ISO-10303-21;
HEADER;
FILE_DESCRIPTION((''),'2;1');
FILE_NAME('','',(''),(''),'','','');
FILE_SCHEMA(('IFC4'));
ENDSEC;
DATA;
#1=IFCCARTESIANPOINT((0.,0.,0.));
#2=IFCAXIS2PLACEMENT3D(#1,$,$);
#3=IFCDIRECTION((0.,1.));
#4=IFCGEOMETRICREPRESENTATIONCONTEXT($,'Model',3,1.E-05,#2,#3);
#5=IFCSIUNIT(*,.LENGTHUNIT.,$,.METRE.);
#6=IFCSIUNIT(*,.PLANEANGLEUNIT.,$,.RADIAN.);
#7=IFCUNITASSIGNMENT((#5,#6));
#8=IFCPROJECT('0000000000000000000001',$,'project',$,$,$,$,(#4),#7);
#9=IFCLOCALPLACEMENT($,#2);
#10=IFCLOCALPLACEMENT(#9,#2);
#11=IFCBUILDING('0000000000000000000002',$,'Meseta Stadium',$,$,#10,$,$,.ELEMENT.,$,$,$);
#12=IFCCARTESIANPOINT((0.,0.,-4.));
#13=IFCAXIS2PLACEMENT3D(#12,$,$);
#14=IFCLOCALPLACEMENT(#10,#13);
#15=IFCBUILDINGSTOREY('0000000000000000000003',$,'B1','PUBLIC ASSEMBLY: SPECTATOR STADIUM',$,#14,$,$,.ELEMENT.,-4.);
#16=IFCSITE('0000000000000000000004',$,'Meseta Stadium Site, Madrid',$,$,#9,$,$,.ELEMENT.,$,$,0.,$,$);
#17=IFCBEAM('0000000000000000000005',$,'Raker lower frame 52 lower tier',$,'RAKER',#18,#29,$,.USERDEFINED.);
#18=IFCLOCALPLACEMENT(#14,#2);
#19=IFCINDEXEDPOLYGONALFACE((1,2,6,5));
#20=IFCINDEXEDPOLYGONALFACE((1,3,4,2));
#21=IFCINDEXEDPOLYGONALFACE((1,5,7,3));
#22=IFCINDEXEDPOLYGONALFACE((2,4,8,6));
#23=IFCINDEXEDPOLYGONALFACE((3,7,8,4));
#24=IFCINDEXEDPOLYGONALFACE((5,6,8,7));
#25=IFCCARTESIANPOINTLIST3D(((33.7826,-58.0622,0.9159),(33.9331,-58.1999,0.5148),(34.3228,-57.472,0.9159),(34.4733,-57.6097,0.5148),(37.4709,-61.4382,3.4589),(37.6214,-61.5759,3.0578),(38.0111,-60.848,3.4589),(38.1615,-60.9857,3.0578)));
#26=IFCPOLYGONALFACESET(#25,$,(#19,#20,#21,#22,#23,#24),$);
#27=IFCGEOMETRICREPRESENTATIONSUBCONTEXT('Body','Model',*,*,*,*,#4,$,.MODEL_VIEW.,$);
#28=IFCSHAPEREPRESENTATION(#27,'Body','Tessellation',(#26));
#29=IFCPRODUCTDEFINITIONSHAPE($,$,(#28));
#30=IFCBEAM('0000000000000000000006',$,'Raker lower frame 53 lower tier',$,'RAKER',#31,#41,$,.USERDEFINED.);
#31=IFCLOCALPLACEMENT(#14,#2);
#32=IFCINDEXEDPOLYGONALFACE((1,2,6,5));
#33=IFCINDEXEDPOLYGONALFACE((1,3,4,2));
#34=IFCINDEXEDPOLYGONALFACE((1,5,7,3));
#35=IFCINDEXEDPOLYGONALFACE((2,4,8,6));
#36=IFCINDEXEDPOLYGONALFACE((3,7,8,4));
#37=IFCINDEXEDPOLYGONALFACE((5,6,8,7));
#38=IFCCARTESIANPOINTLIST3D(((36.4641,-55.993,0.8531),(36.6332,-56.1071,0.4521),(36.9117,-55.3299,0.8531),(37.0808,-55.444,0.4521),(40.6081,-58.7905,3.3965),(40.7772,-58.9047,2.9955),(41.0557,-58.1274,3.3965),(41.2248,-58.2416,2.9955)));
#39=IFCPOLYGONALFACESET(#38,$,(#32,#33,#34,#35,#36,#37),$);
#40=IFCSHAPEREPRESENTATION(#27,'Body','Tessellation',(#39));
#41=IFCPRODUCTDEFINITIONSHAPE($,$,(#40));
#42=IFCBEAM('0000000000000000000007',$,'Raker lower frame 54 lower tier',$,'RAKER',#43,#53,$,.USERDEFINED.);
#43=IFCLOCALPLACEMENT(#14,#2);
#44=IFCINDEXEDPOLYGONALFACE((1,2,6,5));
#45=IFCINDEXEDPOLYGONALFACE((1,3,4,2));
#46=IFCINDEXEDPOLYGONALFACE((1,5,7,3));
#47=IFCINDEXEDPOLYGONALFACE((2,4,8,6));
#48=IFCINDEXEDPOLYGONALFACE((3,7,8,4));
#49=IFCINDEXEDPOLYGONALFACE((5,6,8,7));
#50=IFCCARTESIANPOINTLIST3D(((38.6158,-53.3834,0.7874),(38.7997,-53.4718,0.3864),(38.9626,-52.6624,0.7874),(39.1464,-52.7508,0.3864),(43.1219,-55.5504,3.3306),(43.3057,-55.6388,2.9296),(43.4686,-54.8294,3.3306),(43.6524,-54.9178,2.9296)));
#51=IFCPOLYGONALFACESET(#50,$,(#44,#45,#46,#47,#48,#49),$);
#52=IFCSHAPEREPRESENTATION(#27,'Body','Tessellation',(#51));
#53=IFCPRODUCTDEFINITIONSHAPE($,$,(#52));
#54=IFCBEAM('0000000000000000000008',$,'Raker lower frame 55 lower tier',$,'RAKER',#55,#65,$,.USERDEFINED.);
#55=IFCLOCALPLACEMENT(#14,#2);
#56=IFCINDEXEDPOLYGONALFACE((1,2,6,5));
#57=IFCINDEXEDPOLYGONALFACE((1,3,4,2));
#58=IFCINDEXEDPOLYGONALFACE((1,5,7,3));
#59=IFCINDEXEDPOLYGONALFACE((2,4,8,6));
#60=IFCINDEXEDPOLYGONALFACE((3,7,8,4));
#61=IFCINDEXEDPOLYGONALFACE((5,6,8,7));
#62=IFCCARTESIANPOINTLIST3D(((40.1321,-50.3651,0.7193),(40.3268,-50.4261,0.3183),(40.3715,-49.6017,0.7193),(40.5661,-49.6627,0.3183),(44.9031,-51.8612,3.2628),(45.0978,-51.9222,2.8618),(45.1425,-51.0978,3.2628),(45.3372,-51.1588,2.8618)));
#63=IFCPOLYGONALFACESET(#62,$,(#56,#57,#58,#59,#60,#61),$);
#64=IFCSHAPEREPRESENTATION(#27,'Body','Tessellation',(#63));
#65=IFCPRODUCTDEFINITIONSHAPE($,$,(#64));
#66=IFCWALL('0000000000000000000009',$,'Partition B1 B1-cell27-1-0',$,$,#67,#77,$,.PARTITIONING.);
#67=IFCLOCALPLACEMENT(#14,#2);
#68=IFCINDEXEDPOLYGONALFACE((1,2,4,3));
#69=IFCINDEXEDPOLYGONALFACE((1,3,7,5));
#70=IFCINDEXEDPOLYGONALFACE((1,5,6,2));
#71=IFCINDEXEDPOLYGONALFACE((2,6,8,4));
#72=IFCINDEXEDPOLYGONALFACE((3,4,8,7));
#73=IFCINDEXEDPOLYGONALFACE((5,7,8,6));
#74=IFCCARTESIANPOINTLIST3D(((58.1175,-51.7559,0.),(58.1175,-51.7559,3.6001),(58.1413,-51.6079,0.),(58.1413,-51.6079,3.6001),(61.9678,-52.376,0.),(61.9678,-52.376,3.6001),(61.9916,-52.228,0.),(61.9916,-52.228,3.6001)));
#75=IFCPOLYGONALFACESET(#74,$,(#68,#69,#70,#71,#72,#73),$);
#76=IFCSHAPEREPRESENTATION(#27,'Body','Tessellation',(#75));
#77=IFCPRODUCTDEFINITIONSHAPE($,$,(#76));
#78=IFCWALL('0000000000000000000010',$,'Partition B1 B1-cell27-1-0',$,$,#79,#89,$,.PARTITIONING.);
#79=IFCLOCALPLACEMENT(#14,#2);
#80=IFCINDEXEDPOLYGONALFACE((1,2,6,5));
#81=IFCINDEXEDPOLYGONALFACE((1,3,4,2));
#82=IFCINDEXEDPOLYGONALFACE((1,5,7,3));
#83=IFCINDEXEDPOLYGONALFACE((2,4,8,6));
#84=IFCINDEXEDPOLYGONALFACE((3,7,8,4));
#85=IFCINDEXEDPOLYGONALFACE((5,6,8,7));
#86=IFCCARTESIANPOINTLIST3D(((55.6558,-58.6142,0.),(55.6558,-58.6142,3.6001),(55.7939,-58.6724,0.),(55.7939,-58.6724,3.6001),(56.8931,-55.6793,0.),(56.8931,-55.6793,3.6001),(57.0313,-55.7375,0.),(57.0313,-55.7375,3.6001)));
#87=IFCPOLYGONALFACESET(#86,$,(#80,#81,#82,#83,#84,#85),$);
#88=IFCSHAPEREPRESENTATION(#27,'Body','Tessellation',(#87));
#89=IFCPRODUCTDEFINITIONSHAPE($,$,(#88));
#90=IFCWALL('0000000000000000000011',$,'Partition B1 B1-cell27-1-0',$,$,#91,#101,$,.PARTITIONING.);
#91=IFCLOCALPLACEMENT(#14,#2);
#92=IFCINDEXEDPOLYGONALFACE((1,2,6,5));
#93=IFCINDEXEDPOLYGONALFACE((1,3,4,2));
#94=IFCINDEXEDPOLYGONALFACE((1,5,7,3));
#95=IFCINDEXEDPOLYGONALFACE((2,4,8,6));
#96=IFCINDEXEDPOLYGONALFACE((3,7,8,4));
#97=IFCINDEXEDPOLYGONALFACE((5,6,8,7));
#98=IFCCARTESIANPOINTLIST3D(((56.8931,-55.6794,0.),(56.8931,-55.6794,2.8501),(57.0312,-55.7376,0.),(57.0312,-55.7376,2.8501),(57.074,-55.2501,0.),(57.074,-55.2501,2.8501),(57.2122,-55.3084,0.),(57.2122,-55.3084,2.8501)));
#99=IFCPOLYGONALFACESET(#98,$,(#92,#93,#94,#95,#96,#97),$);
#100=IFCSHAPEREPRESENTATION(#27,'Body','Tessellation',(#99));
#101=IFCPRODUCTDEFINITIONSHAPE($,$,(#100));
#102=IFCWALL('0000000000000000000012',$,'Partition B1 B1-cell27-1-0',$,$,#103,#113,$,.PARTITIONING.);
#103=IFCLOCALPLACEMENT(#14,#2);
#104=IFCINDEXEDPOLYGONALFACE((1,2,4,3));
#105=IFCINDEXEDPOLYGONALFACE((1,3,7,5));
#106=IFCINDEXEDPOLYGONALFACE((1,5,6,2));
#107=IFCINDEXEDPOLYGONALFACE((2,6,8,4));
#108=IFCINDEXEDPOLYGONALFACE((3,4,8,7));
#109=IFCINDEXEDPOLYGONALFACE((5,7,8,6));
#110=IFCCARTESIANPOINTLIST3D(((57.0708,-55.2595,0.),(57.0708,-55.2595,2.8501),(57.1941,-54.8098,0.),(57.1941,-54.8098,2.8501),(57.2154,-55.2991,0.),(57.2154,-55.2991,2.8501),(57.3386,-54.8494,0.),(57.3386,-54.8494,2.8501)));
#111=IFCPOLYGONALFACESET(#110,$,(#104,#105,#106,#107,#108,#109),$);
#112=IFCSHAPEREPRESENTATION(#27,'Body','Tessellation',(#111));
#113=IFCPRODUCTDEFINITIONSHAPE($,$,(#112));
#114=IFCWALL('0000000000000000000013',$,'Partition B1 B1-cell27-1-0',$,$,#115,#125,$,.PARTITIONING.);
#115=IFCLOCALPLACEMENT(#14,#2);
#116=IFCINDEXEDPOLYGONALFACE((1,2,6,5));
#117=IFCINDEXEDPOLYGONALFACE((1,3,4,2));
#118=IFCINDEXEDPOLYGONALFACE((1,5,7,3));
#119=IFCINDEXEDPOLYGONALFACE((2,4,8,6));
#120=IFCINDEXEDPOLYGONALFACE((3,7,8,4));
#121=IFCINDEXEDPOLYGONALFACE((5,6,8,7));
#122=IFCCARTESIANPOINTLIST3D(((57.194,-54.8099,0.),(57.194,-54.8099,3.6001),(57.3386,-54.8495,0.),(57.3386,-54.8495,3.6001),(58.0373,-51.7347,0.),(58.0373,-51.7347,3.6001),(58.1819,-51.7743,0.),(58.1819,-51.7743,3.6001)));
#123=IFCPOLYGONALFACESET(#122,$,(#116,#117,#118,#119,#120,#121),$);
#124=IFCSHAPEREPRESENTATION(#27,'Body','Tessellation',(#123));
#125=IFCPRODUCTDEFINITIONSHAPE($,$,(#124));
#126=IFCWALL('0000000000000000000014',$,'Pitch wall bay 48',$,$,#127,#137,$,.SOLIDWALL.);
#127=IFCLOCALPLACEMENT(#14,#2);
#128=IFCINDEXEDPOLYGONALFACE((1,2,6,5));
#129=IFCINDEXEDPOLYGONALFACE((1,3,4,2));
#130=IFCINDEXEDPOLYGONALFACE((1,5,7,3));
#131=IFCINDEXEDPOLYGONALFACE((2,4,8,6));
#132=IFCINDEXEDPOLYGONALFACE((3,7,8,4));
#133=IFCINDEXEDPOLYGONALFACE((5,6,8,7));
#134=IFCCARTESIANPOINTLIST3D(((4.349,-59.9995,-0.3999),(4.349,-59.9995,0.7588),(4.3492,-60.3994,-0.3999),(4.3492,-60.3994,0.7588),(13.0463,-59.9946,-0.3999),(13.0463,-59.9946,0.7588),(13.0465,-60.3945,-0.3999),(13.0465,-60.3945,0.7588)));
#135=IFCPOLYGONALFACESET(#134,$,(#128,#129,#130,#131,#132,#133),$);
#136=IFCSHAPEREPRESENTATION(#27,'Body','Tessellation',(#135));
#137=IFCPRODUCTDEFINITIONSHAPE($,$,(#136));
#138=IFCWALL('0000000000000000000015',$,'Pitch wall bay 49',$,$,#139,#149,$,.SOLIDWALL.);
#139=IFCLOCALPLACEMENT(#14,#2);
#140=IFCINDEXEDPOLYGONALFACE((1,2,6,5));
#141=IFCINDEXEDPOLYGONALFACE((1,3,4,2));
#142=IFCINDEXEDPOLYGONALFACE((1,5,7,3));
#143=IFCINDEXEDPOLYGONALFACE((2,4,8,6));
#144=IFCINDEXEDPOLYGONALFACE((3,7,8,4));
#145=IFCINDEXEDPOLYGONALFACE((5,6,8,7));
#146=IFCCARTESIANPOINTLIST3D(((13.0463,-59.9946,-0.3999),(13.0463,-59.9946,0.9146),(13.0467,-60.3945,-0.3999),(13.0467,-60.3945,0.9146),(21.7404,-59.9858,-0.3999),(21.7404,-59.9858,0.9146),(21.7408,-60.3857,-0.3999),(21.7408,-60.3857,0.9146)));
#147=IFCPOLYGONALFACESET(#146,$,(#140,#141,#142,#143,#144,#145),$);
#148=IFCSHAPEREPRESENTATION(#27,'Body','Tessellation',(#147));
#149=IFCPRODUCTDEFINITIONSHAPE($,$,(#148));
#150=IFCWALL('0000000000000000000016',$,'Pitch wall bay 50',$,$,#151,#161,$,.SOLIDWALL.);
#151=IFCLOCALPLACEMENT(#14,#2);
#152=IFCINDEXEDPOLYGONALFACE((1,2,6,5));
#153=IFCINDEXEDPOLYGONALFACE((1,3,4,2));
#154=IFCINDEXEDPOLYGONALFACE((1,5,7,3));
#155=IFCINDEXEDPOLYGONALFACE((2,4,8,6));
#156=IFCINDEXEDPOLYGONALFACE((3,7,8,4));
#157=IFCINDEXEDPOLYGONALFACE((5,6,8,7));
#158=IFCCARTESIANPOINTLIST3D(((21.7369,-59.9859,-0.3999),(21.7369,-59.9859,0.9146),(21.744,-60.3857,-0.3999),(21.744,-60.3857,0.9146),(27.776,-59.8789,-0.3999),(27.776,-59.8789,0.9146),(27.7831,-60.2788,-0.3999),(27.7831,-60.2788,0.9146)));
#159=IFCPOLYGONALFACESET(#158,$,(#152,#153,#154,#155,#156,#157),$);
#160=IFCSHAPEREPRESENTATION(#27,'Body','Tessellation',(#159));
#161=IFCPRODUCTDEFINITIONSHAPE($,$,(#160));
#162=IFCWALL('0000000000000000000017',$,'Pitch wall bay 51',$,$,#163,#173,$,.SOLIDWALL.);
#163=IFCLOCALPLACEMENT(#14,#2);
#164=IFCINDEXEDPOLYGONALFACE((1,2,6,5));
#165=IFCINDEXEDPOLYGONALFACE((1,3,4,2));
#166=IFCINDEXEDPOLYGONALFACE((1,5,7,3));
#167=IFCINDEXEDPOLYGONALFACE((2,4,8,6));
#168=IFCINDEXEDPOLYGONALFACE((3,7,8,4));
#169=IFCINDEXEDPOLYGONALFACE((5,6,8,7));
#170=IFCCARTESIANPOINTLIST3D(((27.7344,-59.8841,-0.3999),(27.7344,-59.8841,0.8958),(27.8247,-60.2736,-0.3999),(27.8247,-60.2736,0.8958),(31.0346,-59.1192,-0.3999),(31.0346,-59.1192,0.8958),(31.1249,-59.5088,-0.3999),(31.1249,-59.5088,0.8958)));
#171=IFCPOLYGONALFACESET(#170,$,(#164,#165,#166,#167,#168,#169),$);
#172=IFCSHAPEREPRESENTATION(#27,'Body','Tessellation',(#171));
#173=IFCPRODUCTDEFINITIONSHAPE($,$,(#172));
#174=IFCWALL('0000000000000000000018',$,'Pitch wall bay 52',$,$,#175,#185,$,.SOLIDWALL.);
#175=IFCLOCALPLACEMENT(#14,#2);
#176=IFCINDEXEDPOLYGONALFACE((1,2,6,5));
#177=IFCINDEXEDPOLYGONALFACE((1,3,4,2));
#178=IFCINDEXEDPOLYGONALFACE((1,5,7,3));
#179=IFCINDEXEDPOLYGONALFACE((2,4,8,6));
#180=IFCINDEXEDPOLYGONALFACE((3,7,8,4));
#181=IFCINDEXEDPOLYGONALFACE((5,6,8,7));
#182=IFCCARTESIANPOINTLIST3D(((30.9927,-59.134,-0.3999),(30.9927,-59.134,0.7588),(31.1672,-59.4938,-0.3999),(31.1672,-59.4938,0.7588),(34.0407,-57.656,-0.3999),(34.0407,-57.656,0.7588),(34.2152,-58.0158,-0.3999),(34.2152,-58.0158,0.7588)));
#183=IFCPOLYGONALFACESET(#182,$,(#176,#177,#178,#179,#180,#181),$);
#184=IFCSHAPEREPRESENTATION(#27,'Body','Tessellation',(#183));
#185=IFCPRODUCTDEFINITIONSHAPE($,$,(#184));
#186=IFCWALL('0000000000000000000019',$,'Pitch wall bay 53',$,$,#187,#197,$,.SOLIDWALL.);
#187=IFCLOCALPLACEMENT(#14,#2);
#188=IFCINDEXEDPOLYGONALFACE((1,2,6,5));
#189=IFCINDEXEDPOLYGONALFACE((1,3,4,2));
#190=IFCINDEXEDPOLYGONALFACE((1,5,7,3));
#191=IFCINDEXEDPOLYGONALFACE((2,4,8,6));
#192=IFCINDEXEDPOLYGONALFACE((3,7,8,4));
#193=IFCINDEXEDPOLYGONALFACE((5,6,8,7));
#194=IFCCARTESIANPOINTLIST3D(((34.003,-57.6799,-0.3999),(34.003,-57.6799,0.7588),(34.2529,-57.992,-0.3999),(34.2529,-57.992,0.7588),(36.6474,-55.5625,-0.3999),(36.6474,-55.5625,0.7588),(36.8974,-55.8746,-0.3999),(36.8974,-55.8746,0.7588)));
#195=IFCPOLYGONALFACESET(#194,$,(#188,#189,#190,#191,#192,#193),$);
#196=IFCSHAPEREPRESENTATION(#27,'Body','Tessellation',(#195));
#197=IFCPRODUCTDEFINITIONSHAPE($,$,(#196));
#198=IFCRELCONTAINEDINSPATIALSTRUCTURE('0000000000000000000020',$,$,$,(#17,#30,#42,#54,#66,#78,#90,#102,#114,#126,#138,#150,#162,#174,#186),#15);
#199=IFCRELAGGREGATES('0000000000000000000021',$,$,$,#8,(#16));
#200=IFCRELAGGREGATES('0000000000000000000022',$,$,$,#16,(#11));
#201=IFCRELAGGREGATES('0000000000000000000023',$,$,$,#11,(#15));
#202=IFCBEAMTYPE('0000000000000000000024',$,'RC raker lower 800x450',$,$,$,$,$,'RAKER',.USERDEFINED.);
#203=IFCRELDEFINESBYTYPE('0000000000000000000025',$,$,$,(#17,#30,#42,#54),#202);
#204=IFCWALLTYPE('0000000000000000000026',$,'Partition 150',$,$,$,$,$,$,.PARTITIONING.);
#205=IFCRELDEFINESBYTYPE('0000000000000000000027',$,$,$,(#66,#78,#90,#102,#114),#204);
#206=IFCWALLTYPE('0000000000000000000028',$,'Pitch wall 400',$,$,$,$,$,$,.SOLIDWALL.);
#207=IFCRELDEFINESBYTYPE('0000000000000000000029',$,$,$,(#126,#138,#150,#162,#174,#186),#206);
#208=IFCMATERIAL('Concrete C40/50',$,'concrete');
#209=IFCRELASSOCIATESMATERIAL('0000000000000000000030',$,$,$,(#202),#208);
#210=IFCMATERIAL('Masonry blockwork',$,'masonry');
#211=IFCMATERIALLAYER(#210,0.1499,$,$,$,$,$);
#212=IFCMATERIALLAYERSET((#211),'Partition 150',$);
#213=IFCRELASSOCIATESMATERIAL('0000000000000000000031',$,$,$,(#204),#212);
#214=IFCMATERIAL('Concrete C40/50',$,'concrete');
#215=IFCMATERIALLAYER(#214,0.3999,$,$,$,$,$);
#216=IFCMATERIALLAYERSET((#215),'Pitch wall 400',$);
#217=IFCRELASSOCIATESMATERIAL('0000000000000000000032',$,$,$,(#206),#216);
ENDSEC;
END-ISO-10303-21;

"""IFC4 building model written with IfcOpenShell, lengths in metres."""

from ifc_helpers import new_model, si_unit, direction, frame, frame_2d, origin, origin_2d, place, context, subcontext, project, spatial, rectangle, extrude, material, layer, layer_set, material_profile, profile_set, type_object, element, save


model = new_model("IFC4")

# Units and contexts
model_context = context("Model", 3, precision=1e-05, world=origin(), true_north=direction((0.0, 1.0)))
body_context = subcontext(model_context, "Body", "Model", "MODEL_VIEW")
ifc_project = project(units=[si_unit("LENGTHUNIT", "METRE"), si_unit("PLANEANGLEUNIT", "RADIAN")], contexts=[model_context])

# Site, building, storey
site_placement = place(None, origin())
site = spatial("IfcSite", under=ifc_project, at=site_placement, Name="Meseta Stadium Site, Madrid", CompositionType="ELEMENT", RefElevation=0.0)
building_placement = place(site_placement, origin())
building = spatial("IfcBuilding", under=site, at=building_placement, Name="Meseta Stadium", CompositionType="ELEMENT")
storey_placement = place(building_placement, frame((0.0, 0.0, -4.0)))
storey = spatial("IfcBuildingStorey", under=building, at=storey_placement, Name="B1", Description="PUBLIC ASSEMBLY: SPECTATOR STADIUM", CompositionType="ELEMENT", Elevation=-4.0)

# Beams
ifc_material_1 = material(Name="Concrete C40/50", Category="concrete")
ifc_material_profile_1 = material_profile(ifc_material_1, rectangle(XDim=0.8, YDim=0.45, at=origin_2d()), Name="RC 800x450")
ifc_profile_set_1 = profile_set([ifc_material_profile_1], Name="Concrete C40/50")
beam_type = type_object("IfcBeamType", Name="RC raker lower 800x450", ElementType="RAKER", PredefinedType="USERDEFINED", material=ifc_profile_set_1)
for number, where, z_axis, x_axis, name in (
    (1, (34.1279, -57.8359, 0.7153), (0.657493, -0.601827, 0.453329), (0.675192, 0.737642, 0.0), "Raker lower frame 52 lower tier"),
    (2, (36.7725, -55.7185, 0.6526), (0.738726, -0.498708, 0.453402), (0.559525, 0.828814, 0.0), "Raker lower frame 53 lower tier"),
    (3, (38.8811, -53.0671, 0.5869), (0.80327, -0.386294, 0.45336), (0.433391, 0.901206, 0.0), "Raker lower frame 54 lower tier"),
):
    element("IfcBeam", number, at=place(storey_placement, frame(where, z_axis=z_axis, x_axis=x_axis)), inside=storey, type_object=beam_type, Name=name, ObjectType="RAKER", PredefinedType="USERDEFINED", context=body_context, shape_type="SweptSolid", body=[
        extrude(rectangle(XDim=0.8, YDim=0.45, at=origin_2d()), origin(), (0.0, 0.0, 1.0), 5.6096),
    ])
beam_1_placement = place(storey_placement, frame((40.3491, -50.0139, 0.5188), z_axis=(0.850475, -0.266693, 0.453395), x_axis=(0.299215, 0.954186, 0.0)))
element("IfcBeam", 4, at=beam_1_placement, inside=storey, type_object=beam_type, Name="Raker lower frame 55 lower tier", ObjectType="RAKER", PredefinedType="USERDEFINED", context=body_context, shape_type="SweptSolid", body=[
    extrude(rectangle(XDim=0.8, YDim=0.45, at=origin_2d()), origin(), (0.0, 0.0, 1.0), 5.6099),
])

# Walls
ifc_material_2 = material(Name="Masonry blockwork", Category="masonry")
ifc_layer_1 = layer(ifc_material_2, 0.1499)
ifc_layer_set_1 = layer_set([ifc_layer_1], Name="Partition 150")
wall_type_1 = type_object("IfcWallType", Name="Partition 150", PredefinedType="PARTITIONING", material=ifc_layer_set_1)
wall_1_placement = place(storey_placement, frame((58.1294, -51.6819, 0.0), z_axis=(0.0, 0.0, 1.0), x_axis=(0.987278, -0.159006, 0.0)))
element("IfcWall", 5, at=wall_1_placement, inside=storey, type_object=wall_type_1, Name="Partition B1 B1-cell27-1-0", PredefinedType="PARTITIONING", context=body_context, shape_type="SweptSolid", body=[
    extrude(rectangle(XDim=3.8999, YDim=0.1499, at=frame_2d((1.95, 0.0))), origin(), (0.0, 0.0, 1.0), 3.6001),
])
wall_2_placement = place(storey_placement, frame((55.7249, -58.6433, 0.0), z_axis=(0.0, 0.0, 1.0), x_axis=(0.388482, 0.921456, 0.0)))
element("IfcWall", 6, at=wall_2_placement, inside=storey, type_object=wall_type_1, Name="Partition B1 B1-cell27-1-0", PredefinedType="PARTITIONING", context=body_context, shape_type="SweptSolid", body=[
    extrude(rectangle(XDim=3.1851, YDim=0.1499, at=frame_2d((1.5925, 0.0))), origin(), (0.0, 0.0, 1.0), 3.6001),
])
wall_3_placement = place(storey_placement, frame((56.9622, -55.7085, 0.0), z_axis=(0.0, 0.0, 1.0), x_axis=(0.388408, 0.921487, 0.0)))
element("IfcWall", 7, at=wall_3_placement, inside=storey, type_object=wall_type_1, Name="Partition B1 B1-cell27-1-0", PredefinedType="PARTITIONING", context=body_context, shape_type="SweptSolid", body=[
    extrude(rectangle(XDim=0.4658, YDim=0.1499, at=frame_2d((0.2329, 0.0))), origin(), (0.0, 0.0, 1.0), 2.8501),
])
wall_4_placement = place(storey_placement, frame((57.1431, -55.2793, 0.0), z_axis=(0.0, 0.0, 1.0), x_axis=(0.264402, 0.964413, 0.0)))
element("IfcWall", 8, at=wall_4_placement, inside=storey, type_object=wall_type_1, Name="Partition B1 B1-cell27-1-0", PredefinedType="PARTITIONING", context=body_context, shape_type="SweptSolid", body=[
    extrude(rectangle(XDim=0.4663, YDim=0.1499, at=frame_2d((0.2332, 0.0))), origin(), (0.0, 0.0, 1.0), 2.8501),
])
wall_5_placement = place(storey_placement, frame((57.2664, -54.8296, 0.0), z_axis=(0.0, 0.0, 1.0), x_axis=(0.264452, 0.964399, 0.0)))
element("IfcWall", 9, at=wall_5_placement, inside=storey, type_object=wall_type_1, Name="Partition B1 B1-cell27-1-0", PredefinedType="PARTITIONING", context=body_context, shape_type="SweptSolid", body=[
    extrude(rectangle(XDim=3.1887, YDim=0.1499, at=frame_2d((1.5942, 0.0))), origin(), (0.0, 0.0, 1.0), 3.6001),
])
ifc_material_3 = material(Name="Concrete C40/50", Category="concrete")
ifc_layer_2 = layer(ifc_material_3, 0.3999)
ifc_layer_set_2 = layer_set([ifc_layer_2], Name="Pitch wall 400")
wall_type_2 = type_object("IfcWallType", Name="Pitch wall 400", PredefinedType="SOLIDWALL", material=ifc_layer_set_2)
wall_6_placement = place(storey_placement, frame((4.3491, -60.1995, -0.3999), z_axis=(0.0, 0.0, 1.0), x_axis=(1.0, 0.000561, 0.0)))
element("IfcWall", 10, at=wall_6_placement, inside=storey, type_object=wall_type_2, Name="Pitch wall bay 48", PredefinedType="SOLIDWALL", context=body_context, shape_type="SweptSolid", body=[
    extrude(rectangle(XDim=8.6973, YDim=0.3999, at=frame_2d((4.3486, 0.0))), origin(), (0.0, 0.0, 1.0), 1.1587),
])
wall_7_placement = place(storey_placement, frame((13.0464, -60.1946, -0.3999), z_axis=(0.0, 0.0, 1.0), x_axis=(0.999999, 0.001011, 0.0)))
element("IfcWall", 11, at=wall_7_placement, inside=storey, type_object=wall_type_2, Name="Pitch wall bay 49", PredefinedType="SOLIDWALL", context=body_context, shape_type="SweptSolid", body=[
    extrude(rectangle(XDim=8.6941, YDim=0.3999, at=frame_2d((4.3472, 0.0))), origin(), (0.0, 0.0, 1.0), 1.3145),
])
wall_8_placement = place(storey_placement, frame((21.7405, -60.1858, -0.3999), z_axis=(0.0, 0.0, 1.0), x_axis=(0.999843, 0.017704, 0.0)))
element("IfcWall", 12, at=wall_8_placement, inside=storey, type_object=wall_type_2, Name="Pitch wall bay 50", PredefinedType="SOLIDWALL", context=body_context, shape_type="SweptSolid", body=[
    extrude(rectangle(XDim=6.04, YDim=0.3999, at=frame_2d((3.02, 0.0))), origin(), (0.0, 0.0, 1.0), 1.3145),
])
wall_9_placement = place(storey_placement, frame((27.7795, -60.0789, -0.3999), z_axis=(0.0, 0.0, 1.0), x_axis=(0.974178, 0.22578, 0.0)))
element("IfcWall", 13, at=wall_9_placement, inside=storey, type_object=wall_type_2, Name="Pitch wall bay 51", PredefinedType="SOLIDWALL", context=body_context, shape_type="SweptSolid", body=[
    extrude(rectangle(XDim=3.3877, YDim=0.3999, at=frame_2d((1.6938, 0.0))), origin(), (0.0, 0.0, 1.0), 1.2957),
])
wall_10_placement = place(storey_placement, frame((31.0798, -59.314, -0.3999), z_axis=(0.0, 0.0, 1.0), x_axis=(0.899795, 0.436312, 0.0)))
element("IfcWall", 14, at=wall_10_placement, inside=storey, type_object=wall_type_2, Name="Pitch wall bay 52", PredefinedType="SOLIDWALL", context=body_context, shape_type="SweptSolid", body=[
    extrude(rectangle(XDim=3.3875, YDim=0.3999, at=frame_2d((1.6938, 0.0))), origin(), (0.0, 0.0, 1.0), 1.1587),
])
for number, where, z_axis, x_axis, name in (
    (15, (34.1279, -57.8359, -0.3999), (0.0, 0.0, 1.0), (0.780609, 0.62502, 0.0), "Pitch wall bay 53"),
):
    element("IfcWall", number, at=place(storey_placement, frame(where, z_axis=z_axis, x_axis=x_axis)), inside=storey, type_object=wall_type_2, Name=name, PredefinedType="SOLIDWALL", context=body_context, shape_type="SweptSolid", body=[
        extrude(rectangle(XDim=3.3877, YDim=0.3999, at=frame_2d((1.6938, 0.0))), origin(), (0.0, 0.0, 1.0), 1.1587),
    ])

save(model, "model.ifc")
